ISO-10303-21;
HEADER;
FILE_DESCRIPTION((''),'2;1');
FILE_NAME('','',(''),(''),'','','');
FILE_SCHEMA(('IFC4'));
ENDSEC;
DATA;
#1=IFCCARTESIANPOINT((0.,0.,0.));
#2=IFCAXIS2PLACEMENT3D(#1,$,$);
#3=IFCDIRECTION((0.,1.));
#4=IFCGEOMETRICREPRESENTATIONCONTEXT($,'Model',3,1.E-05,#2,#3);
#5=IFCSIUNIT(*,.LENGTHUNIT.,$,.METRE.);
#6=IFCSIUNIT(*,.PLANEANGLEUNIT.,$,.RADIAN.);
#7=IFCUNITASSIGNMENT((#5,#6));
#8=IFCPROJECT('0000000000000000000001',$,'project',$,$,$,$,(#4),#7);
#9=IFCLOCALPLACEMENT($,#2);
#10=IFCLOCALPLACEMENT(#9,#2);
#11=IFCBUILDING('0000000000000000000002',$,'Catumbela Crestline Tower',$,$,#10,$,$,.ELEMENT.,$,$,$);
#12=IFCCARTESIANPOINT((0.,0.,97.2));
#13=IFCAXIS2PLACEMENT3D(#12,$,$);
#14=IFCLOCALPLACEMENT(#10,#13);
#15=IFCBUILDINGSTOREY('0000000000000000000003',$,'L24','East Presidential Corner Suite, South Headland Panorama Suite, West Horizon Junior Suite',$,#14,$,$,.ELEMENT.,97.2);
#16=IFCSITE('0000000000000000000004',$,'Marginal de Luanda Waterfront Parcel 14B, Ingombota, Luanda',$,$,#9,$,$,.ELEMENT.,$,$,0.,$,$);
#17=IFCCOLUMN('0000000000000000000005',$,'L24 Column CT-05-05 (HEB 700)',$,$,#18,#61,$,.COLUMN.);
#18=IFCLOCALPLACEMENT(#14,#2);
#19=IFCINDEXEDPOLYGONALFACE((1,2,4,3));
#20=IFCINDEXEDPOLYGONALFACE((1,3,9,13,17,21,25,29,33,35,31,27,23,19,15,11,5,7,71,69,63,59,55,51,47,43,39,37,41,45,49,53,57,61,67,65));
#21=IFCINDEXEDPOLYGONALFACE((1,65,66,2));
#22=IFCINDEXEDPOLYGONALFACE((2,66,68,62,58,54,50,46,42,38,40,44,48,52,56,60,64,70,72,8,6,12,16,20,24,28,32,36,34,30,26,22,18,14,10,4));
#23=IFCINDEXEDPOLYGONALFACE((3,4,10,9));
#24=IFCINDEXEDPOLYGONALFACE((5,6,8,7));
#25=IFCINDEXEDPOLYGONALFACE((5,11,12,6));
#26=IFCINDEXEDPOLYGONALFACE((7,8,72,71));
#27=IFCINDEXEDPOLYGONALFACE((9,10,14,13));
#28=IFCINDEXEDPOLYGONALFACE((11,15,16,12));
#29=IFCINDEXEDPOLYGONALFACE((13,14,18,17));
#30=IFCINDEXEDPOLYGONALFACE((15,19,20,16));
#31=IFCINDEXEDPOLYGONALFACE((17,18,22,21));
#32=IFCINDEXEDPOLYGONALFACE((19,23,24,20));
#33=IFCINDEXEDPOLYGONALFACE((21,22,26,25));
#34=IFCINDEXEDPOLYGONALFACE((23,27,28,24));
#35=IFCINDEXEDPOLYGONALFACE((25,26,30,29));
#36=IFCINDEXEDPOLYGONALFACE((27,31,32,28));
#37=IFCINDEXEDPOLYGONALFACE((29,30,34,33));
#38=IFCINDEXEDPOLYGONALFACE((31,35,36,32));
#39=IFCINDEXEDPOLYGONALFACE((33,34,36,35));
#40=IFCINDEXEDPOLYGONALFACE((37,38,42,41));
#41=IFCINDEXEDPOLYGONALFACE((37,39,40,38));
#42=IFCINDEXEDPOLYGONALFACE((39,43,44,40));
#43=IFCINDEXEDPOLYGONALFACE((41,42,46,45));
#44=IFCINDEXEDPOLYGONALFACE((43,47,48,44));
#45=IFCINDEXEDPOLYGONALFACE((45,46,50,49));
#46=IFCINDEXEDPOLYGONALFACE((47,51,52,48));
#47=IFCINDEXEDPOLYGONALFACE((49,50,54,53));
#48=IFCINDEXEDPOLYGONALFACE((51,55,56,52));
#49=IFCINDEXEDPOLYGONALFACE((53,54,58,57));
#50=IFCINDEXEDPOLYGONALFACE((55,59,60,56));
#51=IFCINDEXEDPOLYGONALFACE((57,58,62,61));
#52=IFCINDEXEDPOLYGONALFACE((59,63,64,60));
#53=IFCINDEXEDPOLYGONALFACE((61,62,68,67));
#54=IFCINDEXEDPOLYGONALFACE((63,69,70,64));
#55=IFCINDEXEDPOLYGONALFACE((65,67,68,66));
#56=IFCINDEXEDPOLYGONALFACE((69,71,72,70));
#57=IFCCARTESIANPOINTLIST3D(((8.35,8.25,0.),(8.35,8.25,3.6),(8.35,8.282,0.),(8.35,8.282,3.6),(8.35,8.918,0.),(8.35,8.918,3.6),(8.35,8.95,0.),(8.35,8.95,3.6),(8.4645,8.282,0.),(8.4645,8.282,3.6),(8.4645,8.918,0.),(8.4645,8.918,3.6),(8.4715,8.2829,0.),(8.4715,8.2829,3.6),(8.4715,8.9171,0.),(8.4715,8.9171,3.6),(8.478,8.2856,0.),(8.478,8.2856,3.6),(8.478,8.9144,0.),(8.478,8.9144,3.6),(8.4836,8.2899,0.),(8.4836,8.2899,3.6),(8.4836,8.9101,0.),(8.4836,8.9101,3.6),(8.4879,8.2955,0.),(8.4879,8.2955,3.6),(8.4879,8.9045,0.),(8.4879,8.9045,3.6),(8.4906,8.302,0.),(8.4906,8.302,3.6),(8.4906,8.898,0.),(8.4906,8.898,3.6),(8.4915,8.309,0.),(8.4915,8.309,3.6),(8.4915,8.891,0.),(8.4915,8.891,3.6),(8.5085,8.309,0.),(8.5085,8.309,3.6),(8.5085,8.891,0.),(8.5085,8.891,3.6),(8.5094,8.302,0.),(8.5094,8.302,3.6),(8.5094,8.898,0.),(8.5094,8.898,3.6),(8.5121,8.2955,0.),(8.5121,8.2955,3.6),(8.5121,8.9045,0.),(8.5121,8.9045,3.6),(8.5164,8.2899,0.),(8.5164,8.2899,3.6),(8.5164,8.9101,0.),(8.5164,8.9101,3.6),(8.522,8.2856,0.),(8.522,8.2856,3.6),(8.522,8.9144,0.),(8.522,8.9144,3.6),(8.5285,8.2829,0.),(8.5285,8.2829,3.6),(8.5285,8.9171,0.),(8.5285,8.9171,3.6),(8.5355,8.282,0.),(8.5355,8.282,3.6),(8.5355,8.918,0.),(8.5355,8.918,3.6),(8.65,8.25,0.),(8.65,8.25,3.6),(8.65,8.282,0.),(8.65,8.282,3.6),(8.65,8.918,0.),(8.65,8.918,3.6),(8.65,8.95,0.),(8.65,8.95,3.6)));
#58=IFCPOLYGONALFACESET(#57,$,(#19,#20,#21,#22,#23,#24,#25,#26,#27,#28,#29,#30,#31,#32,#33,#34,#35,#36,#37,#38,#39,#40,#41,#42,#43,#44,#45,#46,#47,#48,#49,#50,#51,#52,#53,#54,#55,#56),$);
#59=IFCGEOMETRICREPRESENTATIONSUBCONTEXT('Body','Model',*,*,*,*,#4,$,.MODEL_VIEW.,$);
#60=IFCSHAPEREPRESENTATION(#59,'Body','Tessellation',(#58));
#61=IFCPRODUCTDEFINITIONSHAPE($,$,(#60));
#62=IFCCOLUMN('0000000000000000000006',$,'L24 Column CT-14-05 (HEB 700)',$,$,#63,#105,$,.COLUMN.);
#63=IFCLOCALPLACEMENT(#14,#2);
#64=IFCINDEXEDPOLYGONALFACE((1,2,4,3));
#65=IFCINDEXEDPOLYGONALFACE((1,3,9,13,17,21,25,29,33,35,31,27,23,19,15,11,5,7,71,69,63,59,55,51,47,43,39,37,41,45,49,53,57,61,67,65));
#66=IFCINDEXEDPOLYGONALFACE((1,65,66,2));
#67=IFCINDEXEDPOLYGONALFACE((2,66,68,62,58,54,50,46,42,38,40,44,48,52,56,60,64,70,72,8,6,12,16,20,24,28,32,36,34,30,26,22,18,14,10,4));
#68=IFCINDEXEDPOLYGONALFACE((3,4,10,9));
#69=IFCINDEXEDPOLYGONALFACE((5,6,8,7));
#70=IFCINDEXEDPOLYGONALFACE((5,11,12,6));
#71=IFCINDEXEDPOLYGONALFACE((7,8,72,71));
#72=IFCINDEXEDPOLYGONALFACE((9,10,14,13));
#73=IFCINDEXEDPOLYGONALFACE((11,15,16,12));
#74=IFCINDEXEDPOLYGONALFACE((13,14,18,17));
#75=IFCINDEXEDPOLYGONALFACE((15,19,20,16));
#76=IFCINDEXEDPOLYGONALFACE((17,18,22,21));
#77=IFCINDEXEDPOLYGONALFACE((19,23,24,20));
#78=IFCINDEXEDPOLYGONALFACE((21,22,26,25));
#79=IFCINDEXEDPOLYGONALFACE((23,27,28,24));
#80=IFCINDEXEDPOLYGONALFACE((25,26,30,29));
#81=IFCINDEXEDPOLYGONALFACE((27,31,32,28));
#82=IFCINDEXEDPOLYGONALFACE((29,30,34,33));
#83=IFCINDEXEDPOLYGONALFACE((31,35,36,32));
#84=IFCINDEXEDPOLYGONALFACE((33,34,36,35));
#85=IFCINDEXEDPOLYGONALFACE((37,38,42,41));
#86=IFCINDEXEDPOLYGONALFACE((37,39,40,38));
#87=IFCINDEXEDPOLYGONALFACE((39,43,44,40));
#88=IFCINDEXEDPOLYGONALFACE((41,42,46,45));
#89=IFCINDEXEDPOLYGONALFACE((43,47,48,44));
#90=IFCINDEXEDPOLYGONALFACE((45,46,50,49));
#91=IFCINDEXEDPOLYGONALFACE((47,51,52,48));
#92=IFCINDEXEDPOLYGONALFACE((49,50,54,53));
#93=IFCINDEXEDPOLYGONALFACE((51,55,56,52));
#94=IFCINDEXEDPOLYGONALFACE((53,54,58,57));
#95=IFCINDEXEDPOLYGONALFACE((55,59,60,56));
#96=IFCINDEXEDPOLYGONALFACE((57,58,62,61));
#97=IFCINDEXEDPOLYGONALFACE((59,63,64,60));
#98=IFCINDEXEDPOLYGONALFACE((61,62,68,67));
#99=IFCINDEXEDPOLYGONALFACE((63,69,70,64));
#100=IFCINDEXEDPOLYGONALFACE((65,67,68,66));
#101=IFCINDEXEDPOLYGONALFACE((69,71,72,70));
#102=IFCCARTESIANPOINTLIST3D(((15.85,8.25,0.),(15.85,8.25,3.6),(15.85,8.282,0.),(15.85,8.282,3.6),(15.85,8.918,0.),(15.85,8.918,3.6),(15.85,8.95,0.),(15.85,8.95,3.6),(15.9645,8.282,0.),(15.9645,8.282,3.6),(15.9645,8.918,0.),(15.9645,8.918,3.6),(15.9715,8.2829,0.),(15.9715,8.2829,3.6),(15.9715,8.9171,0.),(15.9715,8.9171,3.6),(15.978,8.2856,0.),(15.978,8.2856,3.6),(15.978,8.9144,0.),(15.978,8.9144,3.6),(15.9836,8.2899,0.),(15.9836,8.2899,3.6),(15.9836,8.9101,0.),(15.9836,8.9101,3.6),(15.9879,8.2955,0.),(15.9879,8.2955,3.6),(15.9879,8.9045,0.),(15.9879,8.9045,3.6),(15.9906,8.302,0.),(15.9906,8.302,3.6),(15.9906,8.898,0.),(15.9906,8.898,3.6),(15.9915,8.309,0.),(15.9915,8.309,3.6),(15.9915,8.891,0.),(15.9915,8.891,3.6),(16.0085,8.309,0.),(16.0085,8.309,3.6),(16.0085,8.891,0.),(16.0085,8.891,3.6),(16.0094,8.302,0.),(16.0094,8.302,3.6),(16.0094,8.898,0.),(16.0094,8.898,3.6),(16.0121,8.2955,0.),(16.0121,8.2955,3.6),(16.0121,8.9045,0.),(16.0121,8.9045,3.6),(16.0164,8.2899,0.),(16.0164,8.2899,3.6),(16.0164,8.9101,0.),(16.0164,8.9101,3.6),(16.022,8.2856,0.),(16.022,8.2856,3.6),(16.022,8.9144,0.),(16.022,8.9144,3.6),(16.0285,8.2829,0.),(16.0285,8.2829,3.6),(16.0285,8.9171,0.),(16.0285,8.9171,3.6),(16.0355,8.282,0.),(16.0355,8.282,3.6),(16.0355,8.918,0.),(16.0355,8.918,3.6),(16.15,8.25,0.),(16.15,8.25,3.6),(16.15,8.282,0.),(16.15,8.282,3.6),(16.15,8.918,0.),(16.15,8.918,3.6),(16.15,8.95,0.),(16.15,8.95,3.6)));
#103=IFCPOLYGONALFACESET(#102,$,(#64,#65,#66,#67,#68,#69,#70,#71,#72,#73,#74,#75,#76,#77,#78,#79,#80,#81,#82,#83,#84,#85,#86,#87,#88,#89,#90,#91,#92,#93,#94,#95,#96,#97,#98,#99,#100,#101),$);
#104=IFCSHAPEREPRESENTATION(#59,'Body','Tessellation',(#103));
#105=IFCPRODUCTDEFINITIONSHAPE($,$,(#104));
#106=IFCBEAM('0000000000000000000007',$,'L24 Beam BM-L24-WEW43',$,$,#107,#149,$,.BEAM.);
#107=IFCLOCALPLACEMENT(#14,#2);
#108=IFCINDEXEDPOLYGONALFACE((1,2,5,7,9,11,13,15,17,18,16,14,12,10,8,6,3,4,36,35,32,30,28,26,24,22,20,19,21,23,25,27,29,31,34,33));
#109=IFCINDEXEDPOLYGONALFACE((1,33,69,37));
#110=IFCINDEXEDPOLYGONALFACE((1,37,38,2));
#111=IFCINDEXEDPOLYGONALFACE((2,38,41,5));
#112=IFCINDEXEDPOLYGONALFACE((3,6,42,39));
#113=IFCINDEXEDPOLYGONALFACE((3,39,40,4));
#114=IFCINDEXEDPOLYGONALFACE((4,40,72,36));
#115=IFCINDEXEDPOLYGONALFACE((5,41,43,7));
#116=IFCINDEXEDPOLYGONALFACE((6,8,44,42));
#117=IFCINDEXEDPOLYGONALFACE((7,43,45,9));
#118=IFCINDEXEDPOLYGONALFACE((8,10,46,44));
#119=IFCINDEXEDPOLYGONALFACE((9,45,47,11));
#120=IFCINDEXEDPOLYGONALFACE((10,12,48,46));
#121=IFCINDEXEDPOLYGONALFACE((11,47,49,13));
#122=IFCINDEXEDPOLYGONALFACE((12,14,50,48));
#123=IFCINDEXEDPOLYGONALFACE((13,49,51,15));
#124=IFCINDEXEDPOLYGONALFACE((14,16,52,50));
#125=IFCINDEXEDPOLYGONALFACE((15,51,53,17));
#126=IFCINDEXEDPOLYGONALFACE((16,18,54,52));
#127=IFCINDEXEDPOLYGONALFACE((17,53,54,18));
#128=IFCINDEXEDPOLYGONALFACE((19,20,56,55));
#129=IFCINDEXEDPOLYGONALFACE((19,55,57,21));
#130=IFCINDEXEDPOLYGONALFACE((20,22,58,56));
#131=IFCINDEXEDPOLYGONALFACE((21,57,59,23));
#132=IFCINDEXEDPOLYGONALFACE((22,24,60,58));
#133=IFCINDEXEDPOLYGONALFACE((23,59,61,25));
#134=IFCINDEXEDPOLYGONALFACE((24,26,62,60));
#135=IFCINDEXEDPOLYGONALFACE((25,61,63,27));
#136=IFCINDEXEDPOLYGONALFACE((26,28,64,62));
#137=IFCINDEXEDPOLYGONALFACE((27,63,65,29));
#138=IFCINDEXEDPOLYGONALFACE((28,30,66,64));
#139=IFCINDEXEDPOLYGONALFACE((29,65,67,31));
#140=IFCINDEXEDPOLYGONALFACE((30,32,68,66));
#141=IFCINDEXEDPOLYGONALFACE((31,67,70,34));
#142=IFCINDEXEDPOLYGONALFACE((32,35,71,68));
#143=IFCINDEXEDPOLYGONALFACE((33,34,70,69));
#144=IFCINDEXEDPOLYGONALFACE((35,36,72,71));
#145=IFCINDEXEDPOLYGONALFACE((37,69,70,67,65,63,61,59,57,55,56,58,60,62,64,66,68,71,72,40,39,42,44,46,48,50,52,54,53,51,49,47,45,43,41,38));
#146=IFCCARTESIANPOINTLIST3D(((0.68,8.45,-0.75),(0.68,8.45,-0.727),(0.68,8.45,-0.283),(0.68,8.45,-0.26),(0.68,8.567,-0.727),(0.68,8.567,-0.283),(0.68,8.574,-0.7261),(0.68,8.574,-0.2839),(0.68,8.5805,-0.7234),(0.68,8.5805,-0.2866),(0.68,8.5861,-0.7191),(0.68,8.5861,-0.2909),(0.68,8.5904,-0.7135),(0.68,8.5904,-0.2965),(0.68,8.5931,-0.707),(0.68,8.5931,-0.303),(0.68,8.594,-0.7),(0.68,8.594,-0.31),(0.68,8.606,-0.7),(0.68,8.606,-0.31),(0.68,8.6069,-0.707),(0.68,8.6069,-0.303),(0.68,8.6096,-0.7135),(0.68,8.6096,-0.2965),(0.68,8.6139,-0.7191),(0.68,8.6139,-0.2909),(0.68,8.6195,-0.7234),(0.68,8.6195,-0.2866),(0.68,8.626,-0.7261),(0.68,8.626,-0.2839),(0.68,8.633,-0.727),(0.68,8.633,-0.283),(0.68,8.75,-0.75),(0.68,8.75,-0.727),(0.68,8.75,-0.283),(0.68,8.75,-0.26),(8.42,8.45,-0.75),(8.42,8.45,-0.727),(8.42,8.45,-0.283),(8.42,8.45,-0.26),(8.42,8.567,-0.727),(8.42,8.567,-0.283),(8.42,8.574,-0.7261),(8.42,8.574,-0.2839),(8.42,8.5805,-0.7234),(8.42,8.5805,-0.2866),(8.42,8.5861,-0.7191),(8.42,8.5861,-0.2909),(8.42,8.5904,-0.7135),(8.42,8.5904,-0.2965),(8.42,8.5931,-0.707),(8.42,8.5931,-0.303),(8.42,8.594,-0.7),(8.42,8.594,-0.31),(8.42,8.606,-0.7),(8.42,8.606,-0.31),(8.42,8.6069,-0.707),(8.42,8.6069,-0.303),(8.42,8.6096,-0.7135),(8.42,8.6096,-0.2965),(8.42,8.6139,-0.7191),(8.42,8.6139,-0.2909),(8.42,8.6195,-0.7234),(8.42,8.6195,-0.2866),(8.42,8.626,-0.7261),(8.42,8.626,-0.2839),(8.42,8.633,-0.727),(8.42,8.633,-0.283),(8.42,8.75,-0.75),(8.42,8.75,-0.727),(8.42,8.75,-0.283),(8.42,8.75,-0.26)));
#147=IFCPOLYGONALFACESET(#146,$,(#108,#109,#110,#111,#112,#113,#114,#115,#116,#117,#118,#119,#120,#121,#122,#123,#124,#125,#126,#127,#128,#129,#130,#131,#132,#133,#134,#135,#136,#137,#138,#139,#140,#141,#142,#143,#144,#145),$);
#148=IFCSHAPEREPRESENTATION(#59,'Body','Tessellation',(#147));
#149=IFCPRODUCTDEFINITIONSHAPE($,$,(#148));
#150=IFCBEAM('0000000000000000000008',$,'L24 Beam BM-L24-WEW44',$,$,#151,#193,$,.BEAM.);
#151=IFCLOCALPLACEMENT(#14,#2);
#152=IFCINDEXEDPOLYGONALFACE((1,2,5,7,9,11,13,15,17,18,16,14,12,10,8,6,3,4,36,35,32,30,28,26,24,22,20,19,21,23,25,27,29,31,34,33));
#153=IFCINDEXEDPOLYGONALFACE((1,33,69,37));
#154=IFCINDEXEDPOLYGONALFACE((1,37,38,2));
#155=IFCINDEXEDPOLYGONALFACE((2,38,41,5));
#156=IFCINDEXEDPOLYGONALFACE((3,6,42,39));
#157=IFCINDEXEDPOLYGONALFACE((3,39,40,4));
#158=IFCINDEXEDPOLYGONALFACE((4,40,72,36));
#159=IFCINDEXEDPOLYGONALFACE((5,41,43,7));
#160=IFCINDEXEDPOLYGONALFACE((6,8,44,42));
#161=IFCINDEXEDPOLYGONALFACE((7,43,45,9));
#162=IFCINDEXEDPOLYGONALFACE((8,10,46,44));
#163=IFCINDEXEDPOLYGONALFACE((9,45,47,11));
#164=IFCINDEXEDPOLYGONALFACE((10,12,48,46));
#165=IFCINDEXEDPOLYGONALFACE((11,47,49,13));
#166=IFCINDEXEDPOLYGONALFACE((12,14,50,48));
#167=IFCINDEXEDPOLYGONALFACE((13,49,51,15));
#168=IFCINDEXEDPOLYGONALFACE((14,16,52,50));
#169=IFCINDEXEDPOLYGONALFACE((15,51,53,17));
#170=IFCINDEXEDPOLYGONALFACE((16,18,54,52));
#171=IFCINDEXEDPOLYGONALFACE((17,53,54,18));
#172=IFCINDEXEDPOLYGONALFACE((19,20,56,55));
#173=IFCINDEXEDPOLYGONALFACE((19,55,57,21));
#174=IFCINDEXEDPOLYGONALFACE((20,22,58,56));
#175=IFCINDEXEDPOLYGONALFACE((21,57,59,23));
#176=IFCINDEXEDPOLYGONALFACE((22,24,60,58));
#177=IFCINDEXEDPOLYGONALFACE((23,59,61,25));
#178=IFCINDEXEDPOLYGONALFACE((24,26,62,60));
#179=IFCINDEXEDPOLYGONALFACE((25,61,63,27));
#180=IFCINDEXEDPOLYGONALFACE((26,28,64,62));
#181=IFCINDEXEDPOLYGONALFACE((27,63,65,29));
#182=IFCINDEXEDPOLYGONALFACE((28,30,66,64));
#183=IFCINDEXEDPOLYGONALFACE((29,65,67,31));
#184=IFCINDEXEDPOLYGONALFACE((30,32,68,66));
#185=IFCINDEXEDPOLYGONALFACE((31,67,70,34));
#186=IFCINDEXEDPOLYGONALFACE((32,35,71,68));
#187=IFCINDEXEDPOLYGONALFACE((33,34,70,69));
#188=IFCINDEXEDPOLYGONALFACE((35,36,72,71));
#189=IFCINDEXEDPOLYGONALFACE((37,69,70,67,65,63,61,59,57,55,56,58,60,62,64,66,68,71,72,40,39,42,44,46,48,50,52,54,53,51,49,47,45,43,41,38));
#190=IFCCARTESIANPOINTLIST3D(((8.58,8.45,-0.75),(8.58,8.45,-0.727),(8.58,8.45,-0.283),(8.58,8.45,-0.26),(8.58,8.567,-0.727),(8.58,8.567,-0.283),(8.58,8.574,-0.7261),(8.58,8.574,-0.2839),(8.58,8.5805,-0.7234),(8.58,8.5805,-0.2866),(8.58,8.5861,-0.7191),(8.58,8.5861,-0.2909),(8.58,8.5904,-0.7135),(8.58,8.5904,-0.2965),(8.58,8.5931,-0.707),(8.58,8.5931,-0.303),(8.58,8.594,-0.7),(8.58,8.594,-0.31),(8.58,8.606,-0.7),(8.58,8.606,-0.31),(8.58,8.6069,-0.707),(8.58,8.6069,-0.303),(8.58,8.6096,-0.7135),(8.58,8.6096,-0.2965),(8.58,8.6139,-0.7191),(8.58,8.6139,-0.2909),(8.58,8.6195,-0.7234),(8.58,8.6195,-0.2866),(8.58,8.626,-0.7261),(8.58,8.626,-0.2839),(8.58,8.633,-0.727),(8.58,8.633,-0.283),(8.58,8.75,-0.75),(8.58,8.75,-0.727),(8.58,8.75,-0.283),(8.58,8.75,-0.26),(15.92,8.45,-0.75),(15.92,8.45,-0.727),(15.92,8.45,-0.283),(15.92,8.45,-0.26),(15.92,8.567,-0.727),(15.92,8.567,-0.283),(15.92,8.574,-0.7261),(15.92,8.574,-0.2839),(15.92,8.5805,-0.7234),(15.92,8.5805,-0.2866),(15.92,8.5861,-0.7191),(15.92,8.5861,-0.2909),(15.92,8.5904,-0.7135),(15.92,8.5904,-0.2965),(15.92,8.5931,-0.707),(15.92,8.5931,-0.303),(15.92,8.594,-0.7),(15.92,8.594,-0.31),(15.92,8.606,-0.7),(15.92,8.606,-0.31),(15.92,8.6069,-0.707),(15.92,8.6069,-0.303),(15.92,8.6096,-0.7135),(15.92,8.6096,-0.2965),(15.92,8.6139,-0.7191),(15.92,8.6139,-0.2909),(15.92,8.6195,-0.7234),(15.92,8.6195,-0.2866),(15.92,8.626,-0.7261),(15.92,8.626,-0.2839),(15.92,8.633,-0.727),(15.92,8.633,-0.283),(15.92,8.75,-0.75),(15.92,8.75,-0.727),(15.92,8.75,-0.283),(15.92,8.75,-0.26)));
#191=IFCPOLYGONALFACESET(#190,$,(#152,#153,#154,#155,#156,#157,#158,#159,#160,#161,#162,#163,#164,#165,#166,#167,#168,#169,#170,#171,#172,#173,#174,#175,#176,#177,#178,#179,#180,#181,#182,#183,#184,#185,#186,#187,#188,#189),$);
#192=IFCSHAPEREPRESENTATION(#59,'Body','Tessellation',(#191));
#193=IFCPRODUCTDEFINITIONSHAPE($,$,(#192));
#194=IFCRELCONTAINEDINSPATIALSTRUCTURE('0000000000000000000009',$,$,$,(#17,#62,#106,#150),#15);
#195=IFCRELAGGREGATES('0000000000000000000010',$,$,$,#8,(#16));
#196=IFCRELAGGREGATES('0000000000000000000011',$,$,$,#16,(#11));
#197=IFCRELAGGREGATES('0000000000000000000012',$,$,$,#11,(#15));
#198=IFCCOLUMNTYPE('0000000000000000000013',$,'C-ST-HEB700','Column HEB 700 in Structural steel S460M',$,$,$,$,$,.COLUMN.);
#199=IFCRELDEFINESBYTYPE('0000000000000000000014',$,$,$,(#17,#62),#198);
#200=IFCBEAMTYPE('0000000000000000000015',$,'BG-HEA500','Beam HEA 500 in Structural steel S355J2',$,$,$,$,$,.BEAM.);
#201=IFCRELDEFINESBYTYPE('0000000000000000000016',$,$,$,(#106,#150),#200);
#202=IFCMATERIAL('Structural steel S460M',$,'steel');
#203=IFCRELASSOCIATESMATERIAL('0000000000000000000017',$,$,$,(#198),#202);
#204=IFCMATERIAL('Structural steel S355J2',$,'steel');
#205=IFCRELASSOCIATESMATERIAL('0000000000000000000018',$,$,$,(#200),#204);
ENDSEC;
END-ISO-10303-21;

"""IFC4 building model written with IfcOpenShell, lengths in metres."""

from ifc_helpers import new_model, si_unit, direction, frame, origin, origin_2d, place, context, subcontext, project, spatial, i_section, extrude, material, material_profile, profile_set, type_object, element, save


model = new_model("IFC4")

# Units and contexts
model_context = context("Model", 3, precision=1e-05, world=origin(), true_north=direction((0.0, 1.0)))
body_context = subcontext(model_context, "Body", "Model", "MODEL_VIEW")
ifc_project = project(units=[si_unit("LENGTHUNIT", "METRE"), si_unit("PLANEANGLEUNIT", "RADIAN")], contexts=[model_context])

# Site, building, storey
site_placement = place(None, origin())
site = spatial("IfcSite", under=ifc_project, at=site_placement, Name="Marginal de Luanda Waterfront Parcel 14B, Ingombota, Luanda", CompositionType="ELEMENT", RefElevation=0.0)
building_placement = place(site_placement, origin())
building = spatial("IfcBuilding", under=site, at=building_placement, Name="Catumbela Crestline Tower", CompositionType="ELEMENT")
storey_placement = place(building_placement, frame((0.0, 0.0, 97.2)))
storey = spatial("IfcBuildingStorey", under=building, at=storey_placement, Name="L24", Description="East Presidential Corner Suite, South Headland Panorama Suite, West Horizon Junior Suite", CompositionType="ELEMENT", Elevation=97.2)

# Columns
ifc_material_1 = material(Name="Structural steel S460M", Category="steel")
ifc_material_profile_1 = material_profile(ifc_material_1, i_section(OverallWidth=0.3, OverallDepth=0.7, WebThickness=0.017, FlangeThickness=0.032, FilletRadius=0.027, at=origin_2d()), Name="HEB 700")
ifc_profile_set_1 = profile_set([ifc_material_profile_1], Name="Structural steel S460M")
column_type = type_object("IfcColumnType", Name="C-ST-HEB700", Description="Column HEB 700 in Structural steel S460M", PredefinedType="COLUMN", material=ifc_profile_set_1)
for number, where, z_axis, x_axis, name in (
    (1, (8.5, 8.6, 0.0), (0.0, 0.0, 1.0), (1.0, 0.0, 0.0), "L24 Column CT-05-05 (HEB 700)"),
    (2, (16.0, 8.6, 0.0), (0.0, 0.0, 1.0), (1.0, 0.0, 0.0), "L24 Column CT-14-05 (HEB 700)"),
):
    element("IfcColumn", number, at=place(storey_placement, frame(where, z_axis=z_axis, x_axis=x_axis)), inside=storey, type_object=column_type, Name=name, PredefinedType="COLUMN", context=body_context, shape_type="SweptSolid", body=[
        extrude(i_section(OverallWidth=0.3, OverallDepth=0.7, WebThickness=0.017, FlangeThickness=0.032, FilletRadius=0.027, at=origin_2d()), origin(), (0.0, 0.0, 1.0), 3.6),
    ])

# Beams
ifc_material_2 = material(Name="Structural steel S355J2", Category="steel")
ifc_material_profile_2 = material_profile(ifc_material_2, i_section(OverallWidth=0.3, OverallDepth=0.49, WebThickness=0.012, FlangeThickness=0.023, FilletRadius=0.027, at=origin_2d()), Name="HEA 500")
ifc_profile_set_2 = profile_set([ifc_material_profile_2], Name="Structural steel S355J2")
beam_type = type_object("IfcBeamType", Name="BG-HEA500", Description="Beam HEA 500 in Structural steel S355J2", PredefinedType="BEAM", material=ifc_profile_set_2)
beam_1_placement = place(storey_placement, frame((0.68, 8.6, -0.505), z_axis=(1.0, 0.0, 0.0), x_axis=(0.0, 1.0, 0.0)))
element("IfcBeam", 3, at=beam_1_placement, inside=storey, type_object=beam_type, Name="L24 Beam BM-L24-WEW43", PredefinedType="BEAM", context=body_context, shape_type="SweptSolid", body=[
    extrude(i_section(OverallWidth=0.3, OverallDepth=0.49, WebThickness=0.012, FlangeThickness=0.023, FilletRadius=0.027, at=origin_2d()), origin(), (0.0, 0.0, 1.0), 7.74),
])
beam_2_placement = place(storey_placement, frame((8.58, 8.6, -0.505), z_axis=(1.0, 0.0, 0.0), x_axis=(0.0, 1.0, 0.0)))
element("IfcBeam", 4, at=beam_2_placement, inside=storey, type_object=beam_type, Name="L24 Beam BM-L24-WEW44", PredefinedType="BEAM", context=body_context, shape_type="SweptSolid", body=[
    extrude(i_section(OverallWidth=0.3, OverallDepth=0.49, WebThickness=0.012, FlangeThickness=0.023, FilletRadius=0.027, at=origin_2d()), origin(), (0.0, 0.0, 1.0), 7.34),
])

save(model, "model.ifc")
